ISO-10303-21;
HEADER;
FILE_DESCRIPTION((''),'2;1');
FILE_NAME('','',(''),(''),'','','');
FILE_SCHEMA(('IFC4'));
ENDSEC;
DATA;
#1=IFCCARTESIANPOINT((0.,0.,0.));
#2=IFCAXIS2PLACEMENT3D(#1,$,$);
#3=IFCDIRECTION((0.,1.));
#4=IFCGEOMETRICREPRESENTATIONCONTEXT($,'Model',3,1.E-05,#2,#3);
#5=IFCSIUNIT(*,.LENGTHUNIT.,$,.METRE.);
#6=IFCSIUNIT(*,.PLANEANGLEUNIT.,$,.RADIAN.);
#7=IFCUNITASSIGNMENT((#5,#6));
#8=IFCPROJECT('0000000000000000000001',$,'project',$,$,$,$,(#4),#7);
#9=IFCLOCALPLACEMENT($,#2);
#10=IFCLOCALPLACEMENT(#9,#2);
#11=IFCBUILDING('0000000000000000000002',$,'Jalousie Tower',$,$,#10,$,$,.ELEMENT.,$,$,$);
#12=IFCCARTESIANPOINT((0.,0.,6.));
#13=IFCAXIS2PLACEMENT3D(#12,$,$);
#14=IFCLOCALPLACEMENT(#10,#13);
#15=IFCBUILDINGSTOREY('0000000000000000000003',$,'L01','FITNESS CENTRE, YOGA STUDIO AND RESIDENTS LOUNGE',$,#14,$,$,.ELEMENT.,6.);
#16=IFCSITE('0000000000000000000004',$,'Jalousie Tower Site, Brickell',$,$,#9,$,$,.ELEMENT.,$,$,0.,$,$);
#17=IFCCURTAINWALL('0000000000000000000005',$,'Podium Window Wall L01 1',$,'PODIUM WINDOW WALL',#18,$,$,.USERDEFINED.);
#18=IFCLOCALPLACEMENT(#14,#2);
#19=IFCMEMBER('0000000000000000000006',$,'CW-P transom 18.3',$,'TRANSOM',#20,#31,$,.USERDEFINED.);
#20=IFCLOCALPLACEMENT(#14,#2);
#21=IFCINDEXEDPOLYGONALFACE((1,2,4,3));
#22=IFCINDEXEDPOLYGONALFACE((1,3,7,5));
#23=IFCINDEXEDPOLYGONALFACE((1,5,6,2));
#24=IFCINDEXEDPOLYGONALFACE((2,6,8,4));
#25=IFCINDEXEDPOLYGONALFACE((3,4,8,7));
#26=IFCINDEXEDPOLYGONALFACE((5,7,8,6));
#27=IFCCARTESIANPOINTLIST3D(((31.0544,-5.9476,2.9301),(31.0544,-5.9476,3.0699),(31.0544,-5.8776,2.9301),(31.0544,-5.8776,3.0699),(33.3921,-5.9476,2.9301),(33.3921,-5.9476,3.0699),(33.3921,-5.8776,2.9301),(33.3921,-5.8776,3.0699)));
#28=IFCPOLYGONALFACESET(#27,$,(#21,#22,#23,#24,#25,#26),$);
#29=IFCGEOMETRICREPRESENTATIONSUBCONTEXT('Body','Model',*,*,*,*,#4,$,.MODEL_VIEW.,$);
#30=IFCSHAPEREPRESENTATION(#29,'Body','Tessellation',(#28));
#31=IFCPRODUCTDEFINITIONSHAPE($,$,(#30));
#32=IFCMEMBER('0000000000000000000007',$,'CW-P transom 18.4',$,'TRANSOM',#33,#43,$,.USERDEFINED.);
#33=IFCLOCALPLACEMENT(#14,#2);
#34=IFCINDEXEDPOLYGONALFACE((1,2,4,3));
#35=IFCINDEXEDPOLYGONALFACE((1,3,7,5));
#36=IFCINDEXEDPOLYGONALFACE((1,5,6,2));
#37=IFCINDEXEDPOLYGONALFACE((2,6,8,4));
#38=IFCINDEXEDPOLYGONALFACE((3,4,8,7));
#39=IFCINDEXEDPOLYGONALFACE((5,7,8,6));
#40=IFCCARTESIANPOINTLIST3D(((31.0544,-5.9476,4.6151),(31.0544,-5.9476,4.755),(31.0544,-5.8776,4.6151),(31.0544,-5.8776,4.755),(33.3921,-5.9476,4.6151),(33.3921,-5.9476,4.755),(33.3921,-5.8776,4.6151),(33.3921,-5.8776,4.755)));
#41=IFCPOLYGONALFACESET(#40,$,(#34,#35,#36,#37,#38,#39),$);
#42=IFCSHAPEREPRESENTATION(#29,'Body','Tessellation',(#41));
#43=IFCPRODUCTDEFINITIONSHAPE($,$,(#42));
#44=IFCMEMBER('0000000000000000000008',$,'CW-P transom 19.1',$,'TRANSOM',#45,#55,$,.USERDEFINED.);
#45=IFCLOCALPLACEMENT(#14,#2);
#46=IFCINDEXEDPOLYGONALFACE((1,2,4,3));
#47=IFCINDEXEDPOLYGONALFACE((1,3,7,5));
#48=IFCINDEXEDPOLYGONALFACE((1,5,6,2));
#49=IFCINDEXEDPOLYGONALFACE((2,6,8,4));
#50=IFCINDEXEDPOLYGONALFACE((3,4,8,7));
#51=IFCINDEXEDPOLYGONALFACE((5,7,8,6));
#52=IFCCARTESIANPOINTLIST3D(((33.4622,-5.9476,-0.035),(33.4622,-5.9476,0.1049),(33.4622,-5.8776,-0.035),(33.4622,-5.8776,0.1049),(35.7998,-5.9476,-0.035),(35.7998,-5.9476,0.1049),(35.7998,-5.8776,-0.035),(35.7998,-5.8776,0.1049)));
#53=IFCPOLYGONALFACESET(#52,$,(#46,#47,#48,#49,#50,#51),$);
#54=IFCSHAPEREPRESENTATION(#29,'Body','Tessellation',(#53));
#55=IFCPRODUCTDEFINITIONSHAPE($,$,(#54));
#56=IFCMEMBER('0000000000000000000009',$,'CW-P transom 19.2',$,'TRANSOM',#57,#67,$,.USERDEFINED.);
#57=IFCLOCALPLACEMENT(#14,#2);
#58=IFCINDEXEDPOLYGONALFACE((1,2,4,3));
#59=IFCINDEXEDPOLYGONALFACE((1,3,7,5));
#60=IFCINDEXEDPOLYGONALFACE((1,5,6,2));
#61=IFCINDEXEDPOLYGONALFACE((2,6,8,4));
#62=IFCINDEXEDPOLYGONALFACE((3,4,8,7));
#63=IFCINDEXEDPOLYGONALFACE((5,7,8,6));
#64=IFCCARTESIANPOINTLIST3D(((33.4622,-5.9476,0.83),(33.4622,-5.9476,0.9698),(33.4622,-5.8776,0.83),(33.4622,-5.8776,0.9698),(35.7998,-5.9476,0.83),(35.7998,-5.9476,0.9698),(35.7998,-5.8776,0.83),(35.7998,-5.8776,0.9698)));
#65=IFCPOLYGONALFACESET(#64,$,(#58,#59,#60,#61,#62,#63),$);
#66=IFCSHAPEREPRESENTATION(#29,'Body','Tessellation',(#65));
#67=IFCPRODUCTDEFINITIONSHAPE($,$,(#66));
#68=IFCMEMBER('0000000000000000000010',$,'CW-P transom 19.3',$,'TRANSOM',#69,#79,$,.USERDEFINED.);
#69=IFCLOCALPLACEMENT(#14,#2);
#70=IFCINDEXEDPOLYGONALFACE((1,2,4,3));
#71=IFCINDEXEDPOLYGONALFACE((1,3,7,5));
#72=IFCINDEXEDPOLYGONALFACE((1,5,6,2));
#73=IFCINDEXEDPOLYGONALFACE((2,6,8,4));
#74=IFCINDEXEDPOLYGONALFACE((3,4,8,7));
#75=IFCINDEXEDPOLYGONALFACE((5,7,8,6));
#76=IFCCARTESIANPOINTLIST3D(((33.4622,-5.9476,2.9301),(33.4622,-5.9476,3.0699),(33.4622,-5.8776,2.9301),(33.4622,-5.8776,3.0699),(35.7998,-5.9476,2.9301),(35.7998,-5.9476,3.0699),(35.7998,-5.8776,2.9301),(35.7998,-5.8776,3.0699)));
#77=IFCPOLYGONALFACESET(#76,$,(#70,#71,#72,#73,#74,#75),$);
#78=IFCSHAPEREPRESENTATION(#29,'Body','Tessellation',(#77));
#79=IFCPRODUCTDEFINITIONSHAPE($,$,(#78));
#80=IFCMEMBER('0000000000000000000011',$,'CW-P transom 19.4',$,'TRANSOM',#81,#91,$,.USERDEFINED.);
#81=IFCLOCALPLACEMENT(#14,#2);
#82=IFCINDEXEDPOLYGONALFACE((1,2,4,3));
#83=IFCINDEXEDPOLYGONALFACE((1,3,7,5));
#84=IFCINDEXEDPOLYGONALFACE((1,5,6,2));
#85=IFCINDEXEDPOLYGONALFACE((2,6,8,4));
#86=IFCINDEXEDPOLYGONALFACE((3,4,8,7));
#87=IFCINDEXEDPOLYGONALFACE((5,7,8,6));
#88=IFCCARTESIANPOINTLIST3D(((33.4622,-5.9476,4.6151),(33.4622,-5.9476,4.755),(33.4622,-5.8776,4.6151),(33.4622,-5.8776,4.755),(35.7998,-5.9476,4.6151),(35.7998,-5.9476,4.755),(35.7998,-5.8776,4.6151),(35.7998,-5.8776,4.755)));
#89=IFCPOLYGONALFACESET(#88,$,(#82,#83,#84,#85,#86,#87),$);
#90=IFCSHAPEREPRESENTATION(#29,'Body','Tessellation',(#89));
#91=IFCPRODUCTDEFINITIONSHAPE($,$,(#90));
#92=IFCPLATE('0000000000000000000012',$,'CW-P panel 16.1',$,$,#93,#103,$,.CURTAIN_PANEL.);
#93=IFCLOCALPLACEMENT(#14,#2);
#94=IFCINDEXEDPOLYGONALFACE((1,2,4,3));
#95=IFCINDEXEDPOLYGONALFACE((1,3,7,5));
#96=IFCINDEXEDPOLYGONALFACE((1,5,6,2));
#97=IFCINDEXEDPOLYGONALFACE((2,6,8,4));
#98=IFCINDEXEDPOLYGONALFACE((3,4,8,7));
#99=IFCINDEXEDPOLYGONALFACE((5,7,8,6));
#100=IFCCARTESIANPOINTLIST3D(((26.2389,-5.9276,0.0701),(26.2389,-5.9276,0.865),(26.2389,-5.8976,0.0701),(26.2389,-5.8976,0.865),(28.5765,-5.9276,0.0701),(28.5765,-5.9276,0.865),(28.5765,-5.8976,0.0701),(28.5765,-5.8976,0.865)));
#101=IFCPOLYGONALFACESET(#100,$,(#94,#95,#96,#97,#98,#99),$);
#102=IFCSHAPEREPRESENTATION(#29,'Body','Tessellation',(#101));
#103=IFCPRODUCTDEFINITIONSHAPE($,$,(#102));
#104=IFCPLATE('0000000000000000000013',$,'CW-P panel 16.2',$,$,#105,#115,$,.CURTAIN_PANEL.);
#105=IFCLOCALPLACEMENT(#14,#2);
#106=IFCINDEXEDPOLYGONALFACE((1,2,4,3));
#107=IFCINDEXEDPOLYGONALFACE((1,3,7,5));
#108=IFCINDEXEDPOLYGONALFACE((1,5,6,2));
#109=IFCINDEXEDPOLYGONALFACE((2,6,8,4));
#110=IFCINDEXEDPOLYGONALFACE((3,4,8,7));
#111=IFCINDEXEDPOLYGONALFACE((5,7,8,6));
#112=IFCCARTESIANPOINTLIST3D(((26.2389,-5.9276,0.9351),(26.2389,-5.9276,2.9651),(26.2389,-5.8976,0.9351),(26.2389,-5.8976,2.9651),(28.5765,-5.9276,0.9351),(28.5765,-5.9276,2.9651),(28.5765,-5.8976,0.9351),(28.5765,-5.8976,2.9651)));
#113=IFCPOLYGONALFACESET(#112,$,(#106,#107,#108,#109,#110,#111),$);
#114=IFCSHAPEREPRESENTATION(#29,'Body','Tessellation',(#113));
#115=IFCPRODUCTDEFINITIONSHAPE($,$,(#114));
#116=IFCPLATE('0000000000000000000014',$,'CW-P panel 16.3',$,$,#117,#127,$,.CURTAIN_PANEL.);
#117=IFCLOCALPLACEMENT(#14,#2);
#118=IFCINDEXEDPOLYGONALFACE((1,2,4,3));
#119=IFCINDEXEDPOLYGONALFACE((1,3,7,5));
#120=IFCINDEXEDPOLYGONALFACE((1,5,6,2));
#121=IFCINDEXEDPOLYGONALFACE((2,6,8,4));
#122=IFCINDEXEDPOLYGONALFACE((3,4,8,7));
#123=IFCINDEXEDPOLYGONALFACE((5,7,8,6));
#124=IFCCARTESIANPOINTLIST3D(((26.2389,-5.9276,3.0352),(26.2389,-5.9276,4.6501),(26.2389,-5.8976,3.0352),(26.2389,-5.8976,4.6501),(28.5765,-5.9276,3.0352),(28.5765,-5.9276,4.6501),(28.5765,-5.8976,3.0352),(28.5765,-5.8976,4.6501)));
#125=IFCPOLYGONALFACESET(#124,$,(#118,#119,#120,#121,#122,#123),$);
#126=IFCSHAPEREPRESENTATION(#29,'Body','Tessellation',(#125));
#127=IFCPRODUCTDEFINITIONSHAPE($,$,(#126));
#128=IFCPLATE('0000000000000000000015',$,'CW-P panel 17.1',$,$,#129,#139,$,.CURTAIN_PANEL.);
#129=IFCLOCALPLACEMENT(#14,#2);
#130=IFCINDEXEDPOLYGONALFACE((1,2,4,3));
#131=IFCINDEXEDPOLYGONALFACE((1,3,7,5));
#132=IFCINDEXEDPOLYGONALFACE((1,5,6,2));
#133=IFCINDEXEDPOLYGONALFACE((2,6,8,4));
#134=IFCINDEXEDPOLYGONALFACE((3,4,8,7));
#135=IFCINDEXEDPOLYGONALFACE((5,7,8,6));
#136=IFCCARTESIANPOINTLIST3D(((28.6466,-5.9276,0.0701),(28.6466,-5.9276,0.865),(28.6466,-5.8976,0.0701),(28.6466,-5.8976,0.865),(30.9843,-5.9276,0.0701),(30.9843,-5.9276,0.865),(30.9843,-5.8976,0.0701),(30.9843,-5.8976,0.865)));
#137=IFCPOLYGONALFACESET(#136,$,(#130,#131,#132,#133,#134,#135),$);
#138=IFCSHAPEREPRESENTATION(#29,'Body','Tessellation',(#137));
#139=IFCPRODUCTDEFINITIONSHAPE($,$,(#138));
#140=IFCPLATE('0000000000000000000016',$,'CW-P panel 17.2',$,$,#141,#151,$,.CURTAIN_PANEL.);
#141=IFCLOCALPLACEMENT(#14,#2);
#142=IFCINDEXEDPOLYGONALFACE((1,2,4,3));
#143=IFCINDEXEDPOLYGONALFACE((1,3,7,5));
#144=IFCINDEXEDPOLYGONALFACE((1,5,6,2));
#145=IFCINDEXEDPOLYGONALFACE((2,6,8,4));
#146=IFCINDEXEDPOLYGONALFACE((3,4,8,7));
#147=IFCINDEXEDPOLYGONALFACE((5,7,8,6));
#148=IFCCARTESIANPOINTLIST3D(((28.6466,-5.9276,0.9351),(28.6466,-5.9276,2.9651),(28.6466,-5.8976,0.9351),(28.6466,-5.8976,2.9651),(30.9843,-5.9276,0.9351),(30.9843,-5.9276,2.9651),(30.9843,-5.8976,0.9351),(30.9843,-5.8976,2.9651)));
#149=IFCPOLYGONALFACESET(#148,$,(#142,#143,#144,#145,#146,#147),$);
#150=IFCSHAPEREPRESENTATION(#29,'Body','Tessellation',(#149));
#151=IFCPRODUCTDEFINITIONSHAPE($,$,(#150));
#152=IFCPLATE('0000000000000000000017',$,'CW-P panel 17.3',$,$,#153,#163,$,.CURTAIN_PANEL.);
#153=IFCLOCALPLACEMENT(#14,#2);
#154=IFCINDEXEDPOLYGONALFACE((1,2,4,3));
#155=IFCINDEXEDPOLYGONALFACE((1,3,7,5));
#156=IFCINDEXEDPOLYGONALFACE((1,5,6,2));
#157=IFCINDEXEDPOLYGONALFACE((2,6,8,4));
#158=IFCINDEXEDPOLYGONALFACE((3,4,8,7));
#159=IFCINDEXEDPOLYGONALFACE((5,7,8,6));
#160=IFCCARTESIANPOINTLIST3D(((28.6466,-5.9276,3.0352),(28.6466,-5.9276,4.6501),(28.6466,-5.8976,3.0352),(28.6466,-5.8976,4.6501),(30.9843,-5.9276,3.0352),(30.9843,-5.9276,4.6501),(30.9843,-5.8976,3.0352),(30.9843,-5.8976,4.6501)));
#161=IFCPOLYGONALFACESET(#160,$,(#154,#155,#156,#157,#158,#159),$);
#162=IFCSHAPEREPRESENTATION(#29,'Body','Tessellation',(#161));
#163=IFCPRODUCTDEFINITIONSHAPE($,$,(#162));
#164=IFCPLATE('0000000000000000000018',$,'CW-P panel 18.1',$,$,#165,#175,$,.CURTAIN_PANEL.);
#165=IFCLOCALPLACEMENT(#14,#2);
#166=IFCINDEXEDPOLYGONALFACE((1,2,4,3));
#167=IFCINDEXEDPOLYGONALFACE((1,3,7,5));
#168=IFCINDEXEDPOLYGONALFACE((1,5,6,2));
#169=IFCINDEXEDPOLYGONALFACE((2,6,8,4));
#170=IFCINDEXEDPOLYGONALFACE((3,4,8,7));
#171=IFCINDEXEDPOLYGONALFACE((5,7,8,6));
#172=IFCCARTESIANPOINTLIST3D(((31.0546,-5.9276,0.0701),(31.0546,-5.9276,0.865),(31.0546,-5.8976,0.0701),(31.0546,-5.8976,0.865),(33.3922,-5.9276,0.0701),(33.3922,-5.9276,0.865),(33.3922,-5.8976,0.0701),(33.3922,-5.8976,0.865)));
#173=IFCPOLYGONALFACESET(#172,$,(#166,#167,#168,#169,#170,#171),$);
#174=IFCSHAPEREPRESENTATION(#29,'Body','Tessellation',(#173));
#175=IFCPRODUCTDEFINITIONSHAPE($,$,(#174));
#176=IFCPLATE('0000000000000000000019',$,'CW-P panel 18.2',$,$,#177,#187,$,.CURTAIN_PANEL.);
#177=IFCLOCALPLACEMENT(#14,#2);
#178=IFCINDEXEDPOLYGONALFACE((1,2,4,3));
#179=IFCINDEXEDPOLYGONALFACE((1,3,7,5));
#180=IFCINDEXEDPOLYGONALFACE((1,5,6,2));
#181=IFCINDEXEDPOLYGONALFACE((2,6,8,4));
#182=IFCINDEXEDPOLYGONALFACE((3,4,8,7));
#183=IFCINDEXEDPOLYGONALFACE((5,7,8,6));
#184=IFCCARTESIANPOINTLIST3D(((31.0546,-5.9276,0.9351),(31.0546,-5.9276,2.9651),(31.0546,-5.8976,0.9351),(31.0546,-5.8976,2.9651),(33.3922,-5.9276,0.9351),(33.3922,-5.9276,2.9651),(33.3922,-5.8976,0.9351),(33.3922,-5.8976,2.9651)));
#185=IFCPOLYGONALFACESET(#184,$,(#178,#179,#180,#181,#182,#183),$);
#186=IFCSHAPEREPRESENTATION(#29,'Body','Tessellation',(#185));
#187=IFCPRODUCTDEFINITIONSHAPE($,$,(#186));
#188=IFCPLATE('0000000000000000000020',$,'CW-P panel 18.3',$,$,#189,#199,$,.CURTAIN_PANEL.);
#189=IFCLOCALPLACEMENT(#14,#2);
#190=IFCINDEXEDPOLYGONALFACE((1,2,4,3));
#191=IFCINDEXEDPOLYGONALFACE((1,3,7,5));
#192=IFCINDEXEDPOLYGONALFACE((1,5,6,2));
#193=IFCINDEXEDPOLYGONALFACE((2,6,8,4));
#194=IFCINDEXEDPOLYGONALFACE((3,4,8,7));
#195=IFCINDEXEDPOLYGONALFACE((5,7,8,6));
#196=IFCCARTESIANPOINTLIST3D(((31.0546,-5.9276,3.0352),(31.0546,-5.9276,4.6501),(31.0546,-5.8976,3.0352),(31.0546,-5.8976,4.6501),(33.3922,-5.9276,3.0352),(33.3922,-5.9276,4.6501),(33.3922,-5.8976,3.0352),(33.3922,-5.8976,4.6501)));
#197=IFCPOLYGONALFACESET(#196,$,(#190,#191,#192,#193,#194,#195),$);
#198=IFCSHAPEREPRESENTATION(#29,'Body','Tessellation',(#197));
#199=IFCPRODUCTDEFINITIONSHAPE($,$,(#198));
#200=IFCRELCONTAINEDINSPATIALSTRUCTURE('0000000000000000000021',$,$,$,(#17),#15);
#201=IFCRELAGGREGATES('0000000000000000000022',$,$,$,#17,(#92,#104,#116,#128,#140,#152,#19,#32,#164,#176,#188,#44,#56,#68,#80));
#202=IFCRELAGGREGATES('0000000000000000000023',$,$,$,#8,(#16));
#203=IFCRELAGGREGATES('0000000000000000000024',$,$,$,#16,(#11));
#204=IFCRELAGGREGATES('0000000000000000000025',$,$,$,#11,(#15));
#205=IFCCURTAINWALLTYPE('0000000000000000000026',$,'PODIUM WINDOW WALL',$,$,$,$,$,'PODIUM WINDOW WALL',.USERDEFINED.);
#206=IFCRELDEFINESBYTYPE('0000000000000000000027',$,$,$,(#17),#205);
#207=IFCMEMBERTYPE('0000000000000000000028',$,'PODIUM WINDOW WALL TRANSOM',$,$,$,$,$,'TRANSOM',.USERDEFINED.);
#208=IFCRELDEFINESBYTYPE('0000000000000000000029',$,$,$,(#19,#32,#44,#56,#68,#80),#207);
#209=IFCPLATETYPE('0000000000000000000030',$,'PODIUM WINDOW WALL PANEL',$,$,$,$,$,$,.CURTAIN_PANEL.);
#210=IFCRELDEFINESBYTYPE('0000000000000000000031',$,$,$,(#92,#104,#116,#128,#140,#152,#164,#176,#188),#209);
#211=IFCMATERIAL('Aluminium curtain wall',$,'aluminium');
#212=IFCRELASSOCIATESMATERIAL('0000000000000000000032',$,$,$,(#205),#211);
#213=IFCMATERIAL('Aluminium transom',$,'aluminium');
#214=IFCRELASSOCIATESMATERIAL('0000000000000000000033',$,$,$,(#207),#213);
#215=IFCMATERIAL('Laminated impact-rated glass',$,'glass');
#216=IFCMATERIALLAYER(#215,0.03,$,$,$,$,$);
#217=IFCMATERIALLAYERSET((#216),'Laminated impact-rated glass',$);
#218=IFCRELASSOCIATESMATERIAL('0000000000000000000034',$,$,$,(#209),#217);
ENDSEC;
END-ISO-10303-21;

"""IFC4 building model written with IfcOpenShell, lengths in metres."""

from ifc_helpers import new_model, si_unit, direction, frame, origin, origin_2d, place, context, subcontext, project, spatial, rectangle, extrude, material, layer, layer_set, material_profile, profile_set, type_object, element, aggregate, save


model = new_model("IFC4")

# Units and contexts
model_context = context("Model", 3, precision=1e-05, world=origin(), true_north=direction((0.0, 1.0)))
body_context = subcontext(model_context, "Body", "Model", "MODEL_VIEW")
ifc_project = project(units=[si_unit("LENGTHUNIT", "METRE"), si_unit("PLANEANGLEUNIT", "RADIAN")], contexts=[model_context])

# Site, building, storey
site_placement = place(None, origin())
site = spatial("IfcSite", under=ifc_project, at=site_placement, Name="Jalousie Tower Site, Brickell", CompositionType="ELEMENT", RefElevation=0.0)
building_placement = place(site_placement, origin())
building = spatial("IfcBuilding", under=site, at=building_placement, Name="Jalousie Tower", CompositionType="ELEMENT")
storey_placement = place(building_placement, frame((0.0, 0.0, 6.0)))
storey = spatial("IfcBuildingStorey", under=building, at=storey_placement, Name="L01", Description="FITNESS CENTRE, YOGA STUDIO AND RESIDENTS LOUNGE", CompositionType="ELEMENT", Elevation=6.0)

# Curtain wall, members, plates
ifc_material_1 = material(Name="Aluminium curtain wall", Category="aluminium")
curtain_wall_type = type_object("IfcCurtainWallType", Name="PODIUM WINDOW WALL", ElementType="PODIUM WINDOW WALL", PredefinedType="USERDEFINED", material=ifc_material_1)
curtain_wall_placement = place(storey_placement, origin())
curtain_wall = element("IfcCurtainWall", 1, at=curtain_wall_placement, inside=storey, type_object=curtain_wall_type, Name="Podium Window Wall L01 1", ObjectType="PODIUM WINDOW WALL", PredefinedType="USERDEFINED")
ifc_material_2 = material(Name="Aluminium transom", Category="aluminium")
ifc_material_profile_1 = material_profile(ifc_material_2, rectangle(XDim=0.0701, YDim=0.1399, at=origin_2d()), Name="TRANSOM 70x140")
ifc_profile_set_1 = profile_set([ifc_material_profile_1], Name="Aluminium transom")
member_type_1 = type_object("IfcMemberType", Name="PODIUM WINDOW WALL TRANSOM", ElementType="TRANSOM", PredefinedType="USERDEFINED", material=ifc_profile_set_1)
member_1_placement = place(storey_placement, frame((31.0544, -5.9126, 3.0), z_axis=(1.0, 0.0, 0.0), x_axis=(0.0, 1.0, 0.0)))
member_1 = element("IfcMember", 2, at=member_1_placement, type_object=member_type_1, Name="CW-P transom 18.3", ObjectType="TRANSOM", PredefinedType="USERDEFINED", context=body_context, shape_type="SweptSolid", body=[
    extrude(rectangle(XDim=0.0701, YDim=0.1399, at=origin_2d()), origin(), (0.0, 0.0, 1.0), 2.3376),
])
member_2_placement = place(storey_placement, frame((31.0544, -5.9126, 4.6851), z_axis=(1.0, 0.0, 0.0), x_axis=(0.0, 1.0, 0.0)))
member_2 = element("IfcMember", 3, at=member_2_placement, type_object=member_type_1, Name="CW-P transom 18.4", ObjectType="TRANSOM", PredefinedType="USERDEFINED", context=body_context, shape_type="SweptSolid", body=[
    extrude(rectangle(XDim=0.0701, YDim=0.1399, at=origin_2d()), origin(), (0.0, 0.0, 1.0), 2.3376),
])
member_3_placement = place(storey_placement, frame((33.4622, -5.9126, 0.0349), z_axis=(1.0, 0.0, 0.0), x_axis=(0.0, 1.0, 0.0)))
member_3 = element("IfcMember", 4, at=member_3_placement, type_object=member_type_1, Name="CW-P transom 19.1", ObjectType="TRANSOM", PredefinedType="USERDEFINED", context=body_context, shape_type="SweptSolid", body=[
    extrude(rectangle(XDim=0.0701, YDim=0.1399, at=origin_2d()), origin(), (0.0, 0.0, 1.0), 2.3376),
])
member_4_placement = place(storey_placement, frame((33.4622, -5.9126, 0.8999), z_axis=(1.0, 0.0, 0.0), x_axis=(0.0, 1.0, 0.0)))
member_4 = element("IfcMember", 5, at=member_4_placement, type_object=member_type_1, Name="CW-P transom 19.2", ObjectType="TRANSOM", PredefinedType="USERDEFINED", context=body_context, shape_type="SweptSolid", body=[
    extrude(rectangle(XDim=0.0701, YDim=0.1399, at=origin_2d()), origin(), (0.0, 0.0, 1.0), 2.3376),
])
member_5_placement = place(storey_placement, frame((33.4622, -5.9126, 3.0), z_axis=(1.0, 0.0, 0.0), x_axis=(0.0, 1.0, 0.0)))
member_5 = element("IfcMember", 6, at=member_5_placement, type_object=member_type_1, Name="CW-P transom 19.3", ObjectType="TRANSOM", PredefinedType="USERDEFINED", context=body_context, shape_type="SweptSolid", body=[
    extrude(rectangle(XDim=0.0701, YDim=0.1399, at=origin_2d()), origin(), (0.0, 0.0, 1.0), 2.3376),
])
member_6_placement = place(storey_placement, frame((33.4622, -5.9126, 4.6851), z_axis=(1.0, 0.0, 0.0), x_axis=(0.0, 1.0, 0.0)))
member_6 = element("IfcMember", 7, at=member_6_placement, type_object=member_type_1, Name="CW-P transom 19.4", ObjectType="TRANSOM", PredefinedType="USERDEFINED", context=body_context, shape_type="SweptSolid", body=[
    extrude(rectangle(XDim=0.0701, YDim=0.1399, at=origin_2d()), origin(), (0.0, 0.0, 1.0), 2.3376),
])
ifc_material_3 = material(Name="Laminated impact-rated glass", Category="glass")
ifc_layer = layer(ifc_material_3, 0.03)
ifc_layer_set = layer_set([ifc_layer], Name="Laminated impact-rated glass")
plate_type = type_object("IfcPlateType", Name="PODIUM WINDOW WALL PANEL", PredefinedType="CURTAIN_PANEL", material=ifc_layer_set)
plate_1_placement = place(storey_placement, frame((27.4077, -5.9126, 0.0701), z_axis=(0.0, 0.0, 1.0), x_axis=(1.0, 0.0, 0.0)))
plate_1 = element("IfcPlate", 8, at=plate_1_placement, type_object=plate_type, Name="CW-P panel 16.1", PredefinedType="CURTAIN_PANEL", context=body_context, shape_type="SweptSolid", body=[
    extrude(rectangle(XDim=2.3376, YDim=0.03, at=origin_2d()), origin(), (0.0, 0.0, 1.0), 0.7949),
])
plate_2_placement = place(storey_placement, frame((27.4077, -5.9126, 0.9351), z_axis=(0.0, 0.0, 1.0), x_axis=(1.0, 0.0, 0.0)))
plate_2 = element("IfcPlate", 9, at=plate_2_placement, type_object=plate_type, Name="CW-P panel 16.2", PredefinedType="CURTAIN_PANEL", context=body_context, shape_type="SweptSolid", body=[
    extrude(rectangle(XDim=2.3376, YDim=0.03, at=origin_2d()), origin(), (0.0, 0.0, 1.0), 2.03),
])
plate_3_placement = place(storey_placement, frame((27.4077, -5.9126, 3.0352), z_axis=(0.0, 0.0, 1.0), x_axis=(1.0, 0.0, 0.0)))
plate_3 = element("IfcPlate", 10, at=plate_3_placement, type_object=plate_type, Name="CW-P panel 16.3", PredefinedType="CURTAIN_PANEL", context=body_context, shape_type="SweptSolid", body=[
    extrude(rectangle(XDim=2.3376, YDim=0.03, at=origin_2d()), origin(), (0.0, 0.0, 1.0), 1.615),
])
plate_4_placement = place(storey_placement, frame((29.8154, -5.9126, 0.0701), z_axis=(0.0, 0.0, 1.0), x_axis=(1.0, 0.0, 0.0)))
plate_4 = element("IfcPlate", 11, at=plate_4_placement, type_object=plate_type, Name="CW-P panel 17.1", PredefinedType="CURTAIN_PANEL", context=body_context, shape_type="SweptSolid", body=[
    extrude(rectangle(XDim=2.3376, YDim=0.03, at=origin_2d()), origin(), (0.0, 0.0, 1.0), 0.7949),
])
plate_5_placement = place(storey_placement, frame((29.8154, -5.9126, 0.9351), z_axis=(0.0, 0.0, 1.0), x_axis=(1.0, 0.0, 0.0)))
plate_5 = element("IfcPlate", 12, at=plate_5_placement, type_object=plate_type, Name="CW-P panel 17.2", PredefinedType="CURTAIN_PANEL", context=body_context, shape_type="SweptSolid", body=[
    extrude(rectangle(XDim=2.3376, YDim=0.03, at=origin_2d()), origin(), (0.0, 0.0, 1.0), 2.03),
])
plate_6_placement = place(storey_placement, frame((29.8154, -5.9126, 3.0352), z_axis=(0.0, 0.0, 1.0), x_axis=(1.0, 0.0, 0.0)))
plate_6 = element("IfcPlate", 13, at=plate_6_placement, type_object=plate_type, Name="CW-P panel 17.3", PredefinedType="CURTAIN_PANEL", context=body_context, shape_type="SweptSolid", body=[
    extrude(rectangle(XDim=2.3376, YDim=0.03, at=origin_2d()), origin(), (0.0, 0.0, 1.0), 1.615),
])
plate_7_placement = place(storey_placement, frame((32.2234, -5.9126, 0.0701), z_axis=(0.0, 0.0, 1.0), x_axis=(1.0, 0.0, 0.0)))
plate_7 = element("IfcPlate", 14, at=plate_7_placement, type_object=plate_type, Name="CW-P panel 18.1", PredefinedType="CURTAIN_PANEL", context=body_context, shape_type="SweptSolid", body=[
    extrude(rectangle(XDim=2.3376, YDim=0.03, at=origin_2d()), origin(), (0.0, 0.0, 1.0), 0.7949),
])
plate_8_placement = place(storey_placement, frame((32.2234, -5.9126, 0.9351), z_axis=(0.0, 0.0, 1.0), x_axis=(1.0, 0.0, 0.0)))
plate_8 = element("IfcPlate", 15, at=plate_8_placement, type_object=plate_type, Name="CW-P panel 18.2", PredefinedType="CURTAIN_PANEL", context=body_context, shape_type="SweptSolid", body=[
    extrude(rectangle(XDim=2.3376, YDim=0.03, at=origin_2d()), origin(), (0.0, 0.0, 1.0), 2.03),
])
plate_9_placement = place(storey_placement, frame((32.2234, -5.9126, 3.0352), z_axis=(0.0, 0.0, 1.0), x_axis=(1.0, 0.0, 0.0)))
plate_9 = element("IfcPlate", 16, at=plate_9_placement, type_object=plate_type, Name="CW-P panel 18.3", PredefinedType="CURTAIN_PANEL", context=body_context, shape_type="SweptSolid", body=[
    extrude(rectangle(XDim=2.3376, YDim=0.03, at=origin_2d()), origin(), (0.0, 0.0, 1.0), 1.615),
])
aggregate(curtain_wall, [plate_1, plate_2, plate_3, plate_4, plate_5, plate_6, member_1, member_2, plate_7, plate_8, plate_9, member_3, member_4, member_5, member_6])

save(model, "model.ifc")
